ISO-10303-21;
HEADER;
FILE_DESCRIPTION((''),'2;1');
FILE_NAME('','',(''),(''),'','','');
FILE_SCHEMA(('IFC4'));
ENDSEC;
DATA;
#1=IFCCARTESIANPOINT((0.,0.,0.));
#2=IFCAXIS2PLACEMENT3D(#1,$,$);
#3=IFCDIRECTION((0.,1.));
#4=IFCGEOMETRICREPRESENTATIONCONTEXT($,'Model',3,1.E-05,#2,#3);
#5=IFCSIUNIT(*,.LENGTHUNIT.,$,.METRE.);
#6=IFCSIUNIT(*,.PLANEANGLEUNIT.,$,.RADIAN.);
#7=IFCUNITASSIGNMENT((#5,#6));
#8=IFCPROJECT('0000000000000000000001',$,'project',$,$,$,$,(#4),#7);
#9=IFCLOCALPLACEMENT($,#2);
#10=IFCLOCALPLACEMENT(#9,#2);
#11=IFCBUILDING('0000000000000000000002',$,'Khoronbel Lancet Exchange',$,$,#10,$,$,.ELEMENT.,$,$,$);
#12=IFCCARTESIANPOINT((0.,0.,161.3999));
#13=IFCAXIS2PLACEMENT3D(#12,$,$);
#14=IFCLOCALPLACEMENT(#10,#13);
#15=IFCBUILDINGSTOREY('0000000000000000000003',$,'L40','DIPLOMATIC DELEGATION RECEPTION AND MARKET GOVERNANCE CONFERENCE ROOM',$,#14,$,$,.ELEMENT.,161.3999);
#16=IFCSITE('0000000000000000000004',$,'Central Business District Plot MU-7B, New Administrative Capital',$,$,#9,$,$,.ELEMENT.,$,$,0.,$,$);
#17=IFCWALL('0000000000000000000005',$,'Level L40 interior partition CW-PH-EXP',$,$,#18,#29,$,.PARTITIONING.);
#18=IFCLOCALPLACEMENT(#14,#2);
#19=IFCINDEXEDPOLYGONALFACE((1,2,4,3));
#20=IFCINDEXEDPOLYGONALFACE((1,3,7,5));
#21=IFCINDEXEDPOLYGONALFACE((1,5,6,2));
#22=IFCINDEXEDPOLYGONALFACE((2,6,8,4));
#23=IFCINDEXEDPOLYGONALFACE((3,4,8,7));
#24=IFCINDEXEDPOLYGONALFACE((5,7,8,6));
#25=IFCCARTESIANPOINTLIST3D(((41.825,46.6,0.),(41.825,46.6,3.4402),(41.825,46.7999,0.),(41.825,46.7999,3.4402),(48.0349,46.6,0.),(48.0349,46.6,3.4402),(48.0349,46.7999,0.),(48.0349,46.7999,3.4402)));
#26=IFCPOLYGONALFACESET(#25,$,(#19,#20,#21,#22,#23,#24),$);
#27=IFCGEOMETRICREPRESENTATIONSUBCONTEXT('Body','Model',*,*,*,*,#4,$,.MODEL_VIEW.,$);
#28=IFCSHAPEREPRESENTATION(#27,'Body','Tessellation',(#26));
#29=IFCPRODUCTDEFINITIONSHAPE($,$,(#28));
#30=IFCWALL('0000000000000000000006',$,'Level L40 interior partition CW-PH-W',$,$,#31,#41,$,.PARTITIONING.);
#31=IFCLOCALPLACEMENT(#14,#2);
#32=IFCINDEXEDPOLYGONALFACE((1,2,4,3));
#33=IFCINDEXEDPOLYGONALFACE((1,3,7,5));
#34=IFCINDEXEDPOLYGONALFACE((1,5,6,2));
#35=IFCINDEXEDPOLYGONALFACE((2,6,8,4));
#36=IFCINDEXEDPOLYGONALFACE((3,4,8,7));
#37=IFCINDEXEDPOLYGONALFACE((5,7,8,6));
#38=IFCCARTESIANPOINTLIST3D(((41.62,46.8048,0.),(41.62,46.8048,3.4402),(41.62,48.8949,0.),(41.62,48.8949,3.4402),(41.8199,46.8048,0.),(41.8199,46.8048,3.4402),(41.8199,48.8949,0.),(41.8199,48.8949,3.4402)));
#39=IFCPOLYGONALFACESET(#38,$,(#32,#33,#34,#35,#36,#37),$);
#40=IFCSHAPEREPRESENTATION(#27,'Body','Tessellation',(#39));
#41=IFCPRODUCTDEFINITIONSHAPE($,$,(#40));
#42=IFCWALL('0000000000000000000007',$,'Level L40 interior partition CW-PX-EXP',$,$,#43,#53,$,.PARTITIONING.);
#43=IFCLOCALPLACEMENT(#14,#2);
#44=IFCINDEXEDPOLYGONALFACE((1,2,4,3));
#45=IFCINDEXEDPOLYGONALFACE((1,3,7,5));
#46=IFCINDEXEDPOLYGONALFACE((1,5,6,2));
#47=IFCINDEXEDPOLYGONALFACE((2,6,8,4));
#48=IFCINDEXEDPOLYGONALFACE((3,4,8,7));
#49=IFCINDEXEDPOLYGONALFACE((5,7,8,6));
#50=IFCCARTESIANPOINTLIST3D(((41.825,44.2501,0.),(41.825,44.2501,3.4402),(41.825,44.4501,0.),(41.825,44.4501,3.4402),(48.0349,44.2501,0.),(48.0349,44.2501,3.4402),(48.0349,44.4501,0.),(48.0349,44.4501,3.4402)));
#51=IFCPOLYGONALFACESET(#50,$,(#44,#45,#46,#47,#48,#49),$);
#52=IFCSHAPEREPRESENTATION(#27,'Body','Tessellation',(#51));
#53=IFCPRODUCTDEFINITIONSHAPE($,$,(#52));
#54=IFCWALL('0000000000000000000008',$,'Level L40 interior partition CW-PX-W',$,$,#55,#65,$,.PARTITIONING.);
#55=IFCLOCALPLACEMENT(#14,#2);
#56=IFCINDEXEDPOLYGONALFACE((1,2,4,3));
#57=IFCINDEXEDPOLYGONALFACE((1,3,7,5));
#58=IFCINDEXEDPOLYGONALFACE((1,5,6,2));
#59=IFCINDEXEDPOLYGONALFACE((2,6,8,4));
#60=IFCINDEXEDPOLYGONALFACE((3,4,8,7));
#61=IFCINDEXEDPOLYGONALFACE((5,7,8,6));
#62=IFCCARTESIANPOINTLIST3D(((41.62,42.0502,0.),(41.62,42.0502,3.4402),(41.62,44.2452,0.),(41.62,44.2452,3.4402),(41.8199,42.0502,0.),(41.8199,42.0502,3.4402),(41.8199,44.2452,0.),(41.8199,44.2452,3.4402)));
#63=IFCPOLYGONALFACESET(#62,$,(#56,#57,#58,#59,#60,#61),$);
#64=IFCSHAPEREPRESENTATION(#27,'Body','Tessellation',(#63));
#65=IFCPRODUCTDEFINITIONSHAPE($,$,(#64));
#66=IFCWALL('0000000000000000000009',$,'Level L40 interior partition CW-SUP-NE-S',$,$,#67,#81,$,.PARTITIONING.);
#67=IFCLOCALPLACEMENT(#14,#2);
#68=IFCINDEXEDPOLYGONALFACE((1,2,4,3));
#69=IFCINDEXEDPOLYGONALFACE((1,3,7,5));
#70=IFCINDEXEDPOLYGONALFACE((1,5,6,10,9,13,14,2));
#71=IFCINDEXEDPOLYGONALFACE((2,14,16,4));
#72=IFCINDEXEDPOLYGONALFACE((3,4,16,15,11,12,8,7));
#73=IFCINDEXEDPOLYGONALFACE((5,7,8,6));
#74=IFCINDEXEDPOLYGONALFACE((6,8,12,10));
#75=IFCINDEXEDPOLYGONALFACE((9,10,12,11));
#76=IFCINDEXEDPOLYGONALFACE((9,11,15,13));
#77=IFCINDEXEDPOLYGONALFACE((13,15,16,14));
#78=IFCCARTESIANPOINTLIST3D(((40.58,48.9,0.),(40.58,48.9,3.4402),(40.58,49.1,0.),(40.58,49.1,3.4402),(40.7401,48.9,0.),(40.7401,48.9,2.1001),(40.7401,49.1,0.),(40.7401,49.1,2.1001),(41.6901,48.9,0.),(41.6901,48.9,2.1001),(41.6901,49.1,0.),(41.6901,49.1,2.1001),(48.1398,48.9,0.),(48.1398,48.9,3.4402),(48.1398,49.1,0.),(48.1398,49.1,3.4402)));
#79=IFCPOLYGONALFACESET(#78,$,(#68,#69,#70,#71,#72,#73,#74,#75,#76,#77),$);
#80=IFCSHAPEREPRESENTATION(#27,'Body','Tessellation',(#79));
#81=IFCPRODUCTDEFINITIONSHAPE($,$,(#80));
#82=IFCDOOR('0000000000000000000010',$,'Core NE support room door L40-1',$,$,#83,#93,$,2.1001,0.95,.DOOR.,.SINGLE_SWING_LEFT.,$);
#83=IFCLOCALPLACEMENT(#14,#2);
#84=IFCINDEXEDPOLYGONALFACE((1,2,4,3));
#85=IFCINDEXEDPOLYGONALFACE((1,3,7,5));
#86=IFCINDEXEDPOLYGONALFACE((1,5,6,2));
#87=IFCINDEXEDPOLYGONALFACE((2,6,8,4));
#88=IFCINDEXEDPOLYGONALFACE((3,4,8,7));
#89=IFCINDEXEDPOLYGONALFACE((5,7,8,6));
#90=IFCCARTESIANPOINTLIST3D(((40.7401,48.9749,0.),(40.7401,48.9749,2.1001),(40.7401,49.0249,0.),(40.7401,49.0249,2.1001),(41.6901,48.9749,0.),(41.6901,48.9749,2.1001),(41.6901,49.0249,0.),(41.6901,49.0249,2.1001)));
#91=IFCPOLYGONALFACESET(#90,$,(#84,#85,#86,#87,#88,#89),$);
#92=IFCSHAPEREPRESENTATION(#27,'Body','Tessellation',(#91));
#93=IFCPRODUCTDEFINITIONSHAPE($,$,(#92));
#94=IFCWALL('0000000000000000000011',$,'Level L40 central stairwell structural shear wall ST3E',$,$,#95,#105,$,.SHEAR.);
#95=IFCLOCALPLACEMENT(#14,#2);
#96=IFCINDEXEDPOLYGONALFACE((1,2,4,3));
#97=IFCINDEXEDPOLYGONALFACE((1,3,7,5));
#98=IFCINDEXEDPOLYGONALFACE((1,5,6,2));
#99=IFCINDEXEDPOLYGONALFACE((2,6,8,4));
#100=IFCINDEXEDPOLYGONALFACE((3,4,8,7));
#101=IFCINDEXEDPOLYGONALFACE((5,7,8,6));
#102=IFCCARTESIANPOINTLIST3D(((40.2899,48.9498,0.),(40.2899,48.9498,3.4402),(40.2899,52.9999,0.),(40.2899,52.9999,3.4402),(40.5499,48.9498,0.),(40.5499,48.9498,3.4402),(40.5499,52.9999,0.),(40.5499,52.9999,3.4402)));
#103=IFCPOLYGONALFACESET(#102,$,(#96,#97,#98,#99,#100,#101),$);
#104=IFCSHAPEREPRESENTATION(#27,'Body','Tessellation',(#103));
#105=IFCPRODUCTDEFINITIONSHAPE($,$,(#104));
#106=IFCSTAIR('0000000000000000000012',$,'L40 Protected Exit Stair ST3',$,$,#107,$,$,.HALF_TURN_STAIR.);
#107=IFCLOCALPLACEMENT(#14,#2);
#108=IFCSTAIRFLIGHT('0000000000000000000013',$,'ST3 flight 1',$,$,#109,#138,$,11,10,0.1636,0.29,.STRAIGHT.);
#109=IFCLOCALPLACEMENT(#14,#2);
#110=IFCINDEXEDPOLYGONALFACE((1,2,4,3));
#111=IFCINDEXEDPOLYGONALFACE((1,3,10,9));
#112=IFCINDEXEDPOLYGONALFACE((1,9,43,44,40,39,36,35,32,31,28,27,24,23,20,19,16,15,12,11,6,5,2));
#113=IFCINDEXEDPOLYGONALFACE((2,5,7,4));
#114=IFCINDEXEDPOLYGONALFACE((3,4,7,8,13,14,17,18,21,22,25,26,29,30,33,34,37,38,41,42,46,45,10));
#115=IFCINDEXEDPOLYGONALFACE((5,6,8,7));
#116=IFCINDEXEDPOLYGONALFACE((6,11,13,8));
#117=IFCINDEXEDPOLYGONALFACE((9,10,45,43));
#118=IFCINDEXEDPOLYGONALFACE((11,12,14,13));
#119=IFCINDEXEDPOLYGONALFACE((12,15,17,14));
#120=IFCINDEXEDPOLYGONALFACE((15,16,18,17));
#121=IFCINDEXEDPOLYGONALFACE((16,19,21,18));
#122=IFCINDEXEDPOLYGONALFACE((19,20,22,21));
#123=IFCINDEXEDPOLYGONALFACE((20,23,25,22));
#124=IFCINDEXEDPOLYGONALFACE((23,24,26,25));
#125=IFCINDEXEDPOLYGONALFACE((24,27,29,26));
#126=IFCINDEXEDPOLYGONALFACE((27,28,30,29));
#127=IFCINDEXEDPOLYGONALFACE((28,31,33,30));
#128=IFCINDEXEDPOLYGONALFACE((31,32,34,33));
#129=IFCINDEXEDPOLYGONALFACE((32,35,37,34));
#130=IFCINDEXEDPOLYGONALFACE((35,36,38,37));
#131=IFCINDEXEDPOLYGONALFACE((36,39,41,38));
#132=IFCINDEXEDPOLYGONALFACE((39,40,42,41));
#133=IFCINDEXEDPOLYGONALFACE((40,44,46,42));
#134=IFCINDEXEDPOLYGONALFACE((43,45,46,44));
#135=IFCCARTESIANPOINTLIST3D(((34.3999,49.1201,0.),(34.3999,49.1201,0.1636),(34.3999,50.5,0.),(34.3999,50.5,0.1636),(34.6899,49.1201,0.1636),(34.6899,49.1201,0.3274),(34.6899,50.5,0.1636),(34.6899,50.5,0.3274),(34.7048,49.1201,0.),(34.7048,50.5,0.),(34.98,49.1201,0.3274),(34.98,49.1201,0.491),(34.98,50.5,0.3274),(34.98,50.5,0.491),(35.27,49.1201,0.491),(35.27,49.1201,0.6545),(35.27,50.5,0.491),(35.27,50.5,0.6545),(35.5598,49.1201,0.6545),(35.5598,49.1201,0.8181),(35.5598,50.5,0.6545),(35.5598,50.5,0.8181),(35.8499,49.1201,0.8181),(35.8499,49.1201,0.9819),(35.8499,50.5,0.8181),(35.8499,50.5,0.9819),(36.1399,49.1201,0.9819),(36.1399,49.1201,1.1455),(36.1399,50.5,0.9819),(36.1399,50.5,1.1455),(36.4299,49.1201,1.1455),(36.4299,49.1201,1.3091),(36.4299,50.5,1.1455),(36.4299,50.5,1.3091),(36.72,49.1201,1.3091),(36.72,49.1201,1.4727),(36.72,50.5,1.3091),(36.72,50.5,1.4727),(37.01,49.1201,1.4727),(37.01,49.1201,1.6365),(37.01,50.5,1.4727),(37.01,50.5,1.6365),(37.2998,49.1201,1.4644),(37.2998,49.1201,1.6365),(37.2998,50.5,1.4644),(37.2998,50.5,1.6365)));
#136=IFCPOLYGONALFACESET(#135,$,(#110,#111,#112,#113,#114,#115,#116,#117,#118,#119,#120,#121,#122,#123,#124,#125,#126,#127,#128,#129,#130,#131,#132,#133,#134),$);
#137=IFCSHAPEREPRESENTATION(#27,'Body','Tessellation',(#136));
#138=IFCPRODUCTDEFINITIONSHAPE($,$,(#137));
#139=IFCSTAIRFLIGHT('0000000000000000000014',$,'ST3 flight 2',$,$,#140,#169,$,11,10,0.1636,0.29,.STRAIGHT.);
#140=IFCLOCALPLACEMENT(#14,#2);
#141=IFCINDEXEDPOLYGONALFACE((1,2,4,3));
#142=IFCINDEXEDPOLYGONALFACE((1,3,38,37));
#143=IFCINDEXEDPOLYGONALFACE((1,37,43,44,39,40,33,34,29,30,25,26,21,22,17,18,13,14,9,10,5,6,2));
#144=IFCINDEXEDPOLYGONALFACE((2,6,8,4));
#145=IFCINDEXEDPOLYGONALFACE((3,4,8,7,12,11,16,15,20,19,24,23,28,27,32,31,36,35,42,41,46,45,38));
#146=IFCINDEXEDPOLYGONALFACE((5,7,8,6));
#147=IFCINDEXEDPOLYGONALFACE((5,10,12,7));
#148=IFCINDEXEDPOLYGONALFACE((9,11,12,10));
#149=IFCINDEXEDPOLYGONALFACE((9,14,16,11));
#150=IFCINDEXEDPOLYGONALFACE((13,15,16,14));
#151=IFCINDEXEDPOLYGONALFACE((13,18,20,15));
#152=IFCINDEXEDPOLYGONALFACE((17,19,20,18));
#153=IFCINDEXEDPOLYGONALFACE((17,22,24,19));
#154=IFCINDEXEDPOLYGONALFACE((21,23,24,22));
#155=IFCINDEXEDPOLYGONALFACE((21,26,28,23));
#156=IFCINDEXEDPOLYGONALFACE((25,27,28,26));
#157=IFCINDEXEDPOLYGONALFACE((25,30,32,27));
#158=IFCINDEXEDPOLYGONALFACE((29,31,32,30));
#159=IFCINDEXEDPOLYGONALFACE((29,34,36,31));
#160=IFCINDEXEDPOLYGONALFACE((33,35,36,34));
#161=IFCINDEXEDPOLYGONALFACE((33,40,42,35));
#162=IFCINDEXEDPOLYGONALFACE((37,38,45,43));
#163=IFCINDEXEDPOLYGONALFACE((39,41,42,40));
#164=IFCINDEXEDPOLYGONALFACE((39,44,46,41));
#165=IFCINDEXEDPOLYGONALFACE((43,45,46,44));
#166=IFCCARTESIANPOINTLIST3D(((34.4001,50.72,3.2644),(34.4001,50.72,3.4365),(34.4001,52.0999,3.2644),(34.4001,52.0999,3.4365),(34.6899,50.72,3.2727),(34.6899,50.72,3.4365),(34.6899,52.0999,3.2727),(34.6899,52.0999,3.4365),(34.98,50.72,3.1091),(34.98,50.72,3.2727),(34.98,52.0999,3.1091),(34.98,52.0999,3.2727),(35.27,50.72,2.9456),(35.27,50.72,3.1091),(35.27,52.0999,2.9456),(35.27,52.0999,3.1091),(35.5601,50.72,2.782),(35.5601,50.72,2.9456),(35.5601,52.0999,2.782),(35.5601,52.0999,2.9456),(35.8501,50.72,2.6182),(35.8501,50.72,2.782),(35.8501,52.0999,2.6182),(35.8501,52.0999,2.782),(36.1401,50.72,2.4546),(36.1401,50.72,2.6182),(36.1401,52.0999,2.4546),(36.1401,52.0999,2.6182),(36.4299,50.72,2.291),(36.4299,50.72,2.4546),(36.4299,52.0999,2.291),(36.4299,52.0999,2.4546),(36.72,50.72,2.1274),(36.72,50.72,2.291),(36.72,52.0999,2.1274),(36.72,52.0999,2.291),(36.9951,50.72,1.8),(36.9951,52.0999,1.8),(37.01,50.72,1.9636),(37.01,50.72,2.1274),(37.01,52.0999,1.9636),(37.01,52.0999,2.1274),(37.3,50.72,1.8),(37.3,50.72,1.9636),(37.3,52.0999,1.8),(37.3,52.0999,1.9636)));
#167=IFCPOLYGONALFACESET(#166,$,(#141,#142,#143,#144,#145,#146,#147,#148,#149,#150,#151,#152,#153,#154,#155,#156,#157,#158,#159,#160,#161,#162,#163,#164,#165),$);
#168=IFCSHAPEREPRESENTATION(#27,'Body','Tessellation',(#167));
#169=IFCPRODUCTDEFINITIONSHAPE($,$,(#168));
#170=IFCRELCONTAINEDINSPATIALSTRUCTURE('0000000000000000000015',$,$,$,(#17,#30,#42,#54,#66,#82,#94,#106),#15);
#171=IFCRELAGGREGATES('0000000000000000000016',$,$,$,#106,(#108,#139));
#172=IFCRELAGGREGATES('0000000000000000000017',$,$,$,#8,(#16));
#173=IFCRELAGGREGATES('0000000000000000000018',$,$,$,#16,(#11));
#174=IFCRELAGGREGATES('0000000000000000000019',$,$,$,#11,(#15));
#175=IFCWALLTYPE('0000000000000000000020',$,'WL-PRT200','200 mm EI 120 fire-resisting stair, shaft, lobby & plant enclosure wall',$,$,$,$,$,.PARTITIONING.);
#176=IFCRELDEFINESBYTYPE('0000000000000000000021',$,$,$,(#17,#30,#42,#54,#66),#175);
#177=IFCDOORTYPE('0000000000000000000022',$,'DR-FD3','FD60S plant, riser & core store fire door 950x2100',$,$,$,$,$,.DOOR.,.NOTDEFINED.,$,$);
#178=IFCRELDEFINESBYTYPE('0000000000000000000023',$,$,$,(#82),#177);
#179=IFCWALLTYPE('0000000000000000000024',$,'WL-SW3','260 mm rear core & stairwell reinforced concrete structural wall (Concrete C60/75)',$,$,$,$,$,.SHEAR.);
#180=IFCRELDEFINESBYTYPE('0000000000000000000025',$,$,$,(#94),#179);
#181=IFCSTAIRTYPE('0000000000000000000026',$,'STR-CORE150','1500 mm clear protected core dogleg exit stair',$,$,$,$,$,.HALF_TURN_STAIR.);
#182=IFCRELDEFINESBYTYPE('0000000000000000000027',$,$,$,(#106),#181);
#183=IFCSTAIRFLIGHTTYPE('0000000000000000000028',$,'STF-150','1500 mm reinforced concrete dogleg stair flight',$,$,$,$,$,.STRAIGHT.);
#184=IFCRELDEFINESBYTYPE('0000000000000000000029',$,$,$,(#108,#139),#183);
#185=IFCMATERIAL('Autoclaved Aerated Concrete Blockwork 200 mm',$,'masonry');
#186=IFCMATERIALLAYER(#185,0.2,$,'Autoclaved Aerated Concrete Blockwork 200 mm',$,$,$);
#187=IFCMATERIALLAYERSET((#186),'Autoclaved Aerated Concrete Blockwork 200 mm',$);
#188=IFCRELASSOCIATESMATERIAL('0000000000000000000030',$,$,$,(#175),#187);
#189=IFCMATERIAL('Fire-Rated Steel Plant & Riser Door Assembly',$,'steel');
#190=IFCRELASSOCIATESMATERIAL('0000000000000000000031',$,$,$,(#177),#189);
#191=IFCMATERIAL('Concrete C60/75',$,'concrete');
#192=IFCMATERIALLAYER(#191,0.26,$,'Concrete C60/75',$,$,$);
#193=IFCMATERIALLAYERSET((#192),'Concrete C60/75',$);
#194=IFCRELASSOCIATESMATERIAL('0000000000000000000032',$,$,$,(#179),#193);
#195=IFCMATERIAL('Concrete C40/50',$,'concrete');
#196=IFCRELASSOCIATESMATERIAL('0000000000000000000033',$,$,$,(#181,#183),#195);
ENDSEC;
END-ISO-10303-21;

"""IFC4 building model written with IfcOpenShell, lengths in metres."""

from ifc_helpers import new_model, si_unit, direction, frame, frame_2d, origin, place, context, subcontext, project, spatial, polyline, rectangle, outline, extrude, material, layer, layer_set, type_object, element, fill, aggregate, save


model = new_model("IFC4")

# Units and contexts
model_context = context("Model", 3, precision=1e-05, world=origin(), true_north=direction((0.0, 1.0)))
body_context = subcontext(model_context, "Body", "Model", "MODEL_VIEW")
ifc_project = project(units=[si_unit("LENGTHUNIT", "METRE"), si_unit("PLANEANGLEUNIT", "RADIAN")], contexts=[model_context])

# Site, building, storey
site_placement = place(None, origin())
site = spatial("IfcSite", under=ifc_project, at=site_placement, Name="Central Business District Plot MU-7B, New Administrative Capital", CompositionType="ELEMENT", RefElevation=0.0)
building_placement = place(site_placement, origin())
building = spatial("IfcBuilding", under=site, at=building_placement, Name="Khoronbel Lancet Exchange", CompositionType="ELEMENT")
storey_placement = place(building_placement, frame((0.0, 0.0, 161.3999)))
storey = spatial("IfcBuildingStorey", under=building, at=storey_placement, Name="L40", Description="DIPLOMATIC DELEGATION RECEPTION AND MARKET GOVERNANCE CONFERENCE ROOM", CompositionType="ELEMENT", Elevation=161.3999)

# Walls
ifc_material_1 = material(Name="Autoclaved Aerated Concrete Blockwork 200 mm", Category="masonry")
ifc_layer_1 = layer(ifc_material_1, 0.2, Name="Autoclaved Aerated Concrete Blockwork 200 mm")
ifc_layer_set_1 = layer_set([ifc_layer_1], Name="Autoclaved Aerated Concrete Blockwork 200 mm")
wall_type_1 = type_object("IfcWallType", Name="WL-PRT200", Description="200 mm EI 120 fire-resisting stair, shaft, lobby & plant enclosure wall", PredefinedType="PARTITIONING", material=ifc_layer_set_1)
wall_1_placement = place(storey_placement, frame((41.825, 46.7, 0.0), z_axis=(0.0, 0.0, 1.0), x_axis=(1.0, 0.0, 0.0)))
element("IfcWall", 1, at=wall_1_placement, inside=storey, type_object=wall_type_1, Name="Level L40 interior partition CW-PH-EXP", PredefinedType="PARTITIONING", context=body_context, shape_type="SweptSolid", body=[
    extrude(rectangle(XDim=6.21, YDim=0.2, at=frame_2d((3.105, 0.0))), origin(), (0.0, 0.0, 1.0), 3.4402),
])
wall_2_placement = place(storey_placement, frame((41.72, 46.8049, 0.0), z_axis=(0.0, 0.0, 1.0), x_axis=(0.0, 1.0, 0.0)))
element("IfcWall", 2, at=wall_2_placement, inside=storey, type_object=wall_type_1, Name="Level L40 interior partition CW-PH-W", PredefinedType="PARTITIONING", context=body_context, shape_type="SweptSolid", body=[
    extrude(rectangle(XDim=2.0901, YDim=0.2, at=frame_2d((1.0449, 0.0))), origin(), (0.0, 0.0, 1.0), 3.4402),
])
wall_3_placement = place(storey_placement, frame((41.825, 44.3501, 0.0), z_axis=(0.0, 0.0, 1.0), x_axis=(1.0, 0.0, 0.0)))
element("IfcWall", 3, at=wall_3_placement, inside=storey, type_object=wall_type_1, Name="Level L40 interior partition CW-PX-EXP", PredefinedType="PARTITIONING", context=body_context, shape_type="SweptSolid", body=[
    extrude(rectangle(XDim=6.21, YDim=0.2, at=frame_2d((3.105, 0.0))), origin(), (0.0, 0.0, 1.0), 3.4402),
])
wall_4_placement = place(storey_placement, frame((41.72, 42.05, 0.0), z_axis=(0.0, 0.0, 1.0), x_axis=(0.0, 1.0, 0.0)))
element("IfcWall", 4, at=wall_4_placement, inside=storey, type_object=wall_type_1, Name="Level L40 interior partition CW-PX-W", PredefinedType="PARTITIONING", context=body_context, shape_type="SweptSolid", body=[
    extrude(rectangle(XDim=2.1951, YDim=0.2, at=frame_2d((1.0977, 0.0))), origin(), (0.0, 0.0, 1.0), 3.4402),
])

# Wall, opening, door
wall_5_placement = place(storey_placement, frame((40.5801, 49.0, 0.0), z_axis=(0.0, 0.0, 1.0), x_axis=(1.0, 0.0, 0.0)))
wall_5 = element("IfcWall", 5, at=wall_5_placement, inside=storey, type_object=wall_type_1, Name="Level L40 interior partition CW-SUP-NE-S", PredefinedType="PARTITIONING", context=body_context, shape_type="SweptSolid", body=[
    extrude(rectangle(XDim=7.5598, YDim=0.2, at=frame_2d((3.7798, 0.0))), origin(), (0.0, 0.0, 1.0), 3.4402),
])
opening_1_placement = place(wall_5_placement, frame((0.1599, 0.0, 0.0)))
opening_1 = element("IfcOpeningElement", 6, at=opening_1_placement, cuts=wall_5, PredefinedType="OPENING", context=body_context, shape_type="SweptSolid", body=[
    extrude(rectangle(XDim=0.95, YDim=2.1001, at=frame_2d((0.4751, 1.05))), frame((0.0, 0.1099, 0.0), z_axis=(0.0, -1.0, 0.0), x_axis=(1.0, 0.0, 0.0)), (0.0, 0.0, 1.0), 0.22),
])
ifc_material_2 = material(Name="Fire-Rated Steel Plant & Riser Door Assembly", Category="steel")
door_type_1 = type_object("IfcDoorType", Name="DR-FD3", Description="FD60S plant, riser & core store fire door 950x2100", OperationType="NOTDEFINED", PredefinedType="DOOR", material=ifc_material_2)
door_1_placement = place(opening_1_placement, origin())
door_1 = element("IfcDoor", 7, at=door_1_placement, inside=storey, type_object=door_type_1, Name="Core NE support room door L40-1", OperationType="SINGLE_SWING_LEFT", OverallHeight=2.1001, OverallWidth=0.95, PredefinedType="DOOR", context=body_context, shape_type="SweptSolid", body=[
    extrude(rectangle(XDim=0.95, YDim=2.1001, at=frame_2d((0.4751, 1.05))), frame((0.0, 0.0249, 0.0), z_axis=(0.0, -1.0, 0.0), x_axis=(1.0, 0.0, 0.0)), (0.0, 0.0, 1.0), 0.05),
])
fill(opening_1, door_1)

# Wall
ifc_material_3 = material(Name="Concrete C60/75", Category="concrete")
ifc_layer_2 = layer(ifc_material_3, 0.26, Name="Concrete C60/75")
ifc_layer_set_2 = layer_set([ifc_layer_2], Name="Concrete C60/75")
wall_type_2 = type_object("IfcWallType", Name="WL-SW3", Description="260 mm rear core & stairwell reinforced concrete structural wall (Concrete C60/75)", PredefinedType="SHEAR", material=ifc_layer_set_2)
wall_6_placement = place(storey_placement, frame((40.4199, 48.95, 0.0), z_axis=(0.0, 0.0, 1.0), x_axis=(0.0, 1.0, 0.0)))
element("IfcWall", 8, at=wall_6_placement, inside=storey, type_object=wall_type_2, Name="Level L40 central stairwell structural shear wall ST3E", PredefinedType="SHEAR", context=body_context, shape_type="SweptSolid", body=[
    extrude(rectangle(XDim=4.05, YDim=0.26, at=frame_2d((2.0249, 0.0))), origin(), (0.0, 0.0, 1.0), 3.4402),
])

# Stair, stair flights
ifc_material_4 = material(Name="Concrete C40/50", Category="concrete")
stair_type = type_object("IfcStairType", Name="STR-CORE150", Description="1500 mm clear protected core dogleg exit stair", PredefinedType="HALF_TURN_STAIR", material=ifc_material_4)
stair_placement = place(storey_placement, origin())
stair = element("IfcStair", 9, at=stair_placement, inside=storey, type_object=stair_type, Name="L40 Protected Exit Stair ST3", PredefinedType="HALF_TURN_STAIR")
stair_flight_type = type_object("IfcStairFlightType", Name="STF-150", Description="1500 mm reinforced concrete dogleg stair flight", PredefinedType="STRAIGHT", material=ifc_material_4)
stair_flight_1_placement = place(storey_placement, frame((34.3999, 49.8101, 0.0), z_axis=(0.0, 0.0, 1.0), x_axis=(1.0, 0.0, 0.0)))
stair_flight_1 = element("IfcStairFlight", 10, at=stair_flight_1_placement, type_object=stair_flight_type, Name="ST3 flight 1", NumberOfRisers=11, NumberOfTreads=10, PredefinedType="STRAIGHT", RiserHeight=0.1636, TreadLength=0.29, context=body_context, shape_type="SweptSolid", body=[
    extrude(outline(polyline([(0.0, 0.0), (0.0, 0.1636), (0.29, 0.1636), (0.29, 0.3274), (0.5801, 0.3274), (0.5801, 0.491), (0.8701, 0.491), (0.8701, 0.6545), (1.1599, 0.6545), (1.1599, 0.8181), (1.45, 0.8181), (1.45, 0.9819), (1.74, 0.9819), (1.74, 1.1455), (2.03, 1.1455), (2.03, 1.3091), (2.3201, 1.3091), (2.3201, 1.4727), (2.6101, 1.4727), (2.6101, 1.6365), (2.8999, 1.6365), (2.8999, 1.8), (2.8999, 1.4644), (0.3049, 0.0), (0.0, 0.0)])), frame((0.0, 0.6899, 0.0), z_axis=(0.0, -1.0, 0.0), x_axis=(1.0, 0.0, 0.0)), (0.0, 0.0, 1.0), 1.3799),
])
stair_flight_2_placement = place(storey_placement, frame((37.3, 51.4099, 1.8), z_axis=(0.0, 0.0, 1.0), x_axis=(-1.0, 0.0, 0.0)))
stair_flight_2 = element("IfcStairFlight", 11, at=stair_flight_2_placement, type_object=stair_flight_type, Name="ST3 flight 2", NumberOfRisers=11, NumberOfTreads=10, PredefinedType="STRAIGHT", RiserHeight=0.1636, TreadLength=0.29, context=body_context, shape_type="SweptSolid", body=[
    extrude(outline(polyline([(0.0, 0.0), (0.0, 0.1636), (0.29, 0.1636), (0.29, 0.3274), (0.5801, 0.3274), (0.5801, 0.491), (0.8701, 0.491), (0.8701, 0.6545), (1.1599, 0.6545), (1.1599, 0.8181), (1.45, 0.8181), (1.45, 0.9819), (1.74, 0.9819), (1.74, 1.1455), (2.03, 1.1455), (2.03, 1.3091), (2.3201, 1.3091), (2.3201, 1.4727), (2.6101, 1.4727), (2.6101, 1.6365), (2.8999, 1.6365), (2.8999, 1.8), (2.8999, 1.4644), (0.3049, 0.0), (0.0, 0.0)])), frame((0.0, 0.6899, 0.0), z_axis=(0.0, -1.0, 0.0), x_axis=(1.0, 0.0, 0.0)), (0.0, 0.0, 1.0), 1.3799),
])
aggregate(stair, [stair_flight_1, stair_flight_2])

save(model, "model.ifc")
